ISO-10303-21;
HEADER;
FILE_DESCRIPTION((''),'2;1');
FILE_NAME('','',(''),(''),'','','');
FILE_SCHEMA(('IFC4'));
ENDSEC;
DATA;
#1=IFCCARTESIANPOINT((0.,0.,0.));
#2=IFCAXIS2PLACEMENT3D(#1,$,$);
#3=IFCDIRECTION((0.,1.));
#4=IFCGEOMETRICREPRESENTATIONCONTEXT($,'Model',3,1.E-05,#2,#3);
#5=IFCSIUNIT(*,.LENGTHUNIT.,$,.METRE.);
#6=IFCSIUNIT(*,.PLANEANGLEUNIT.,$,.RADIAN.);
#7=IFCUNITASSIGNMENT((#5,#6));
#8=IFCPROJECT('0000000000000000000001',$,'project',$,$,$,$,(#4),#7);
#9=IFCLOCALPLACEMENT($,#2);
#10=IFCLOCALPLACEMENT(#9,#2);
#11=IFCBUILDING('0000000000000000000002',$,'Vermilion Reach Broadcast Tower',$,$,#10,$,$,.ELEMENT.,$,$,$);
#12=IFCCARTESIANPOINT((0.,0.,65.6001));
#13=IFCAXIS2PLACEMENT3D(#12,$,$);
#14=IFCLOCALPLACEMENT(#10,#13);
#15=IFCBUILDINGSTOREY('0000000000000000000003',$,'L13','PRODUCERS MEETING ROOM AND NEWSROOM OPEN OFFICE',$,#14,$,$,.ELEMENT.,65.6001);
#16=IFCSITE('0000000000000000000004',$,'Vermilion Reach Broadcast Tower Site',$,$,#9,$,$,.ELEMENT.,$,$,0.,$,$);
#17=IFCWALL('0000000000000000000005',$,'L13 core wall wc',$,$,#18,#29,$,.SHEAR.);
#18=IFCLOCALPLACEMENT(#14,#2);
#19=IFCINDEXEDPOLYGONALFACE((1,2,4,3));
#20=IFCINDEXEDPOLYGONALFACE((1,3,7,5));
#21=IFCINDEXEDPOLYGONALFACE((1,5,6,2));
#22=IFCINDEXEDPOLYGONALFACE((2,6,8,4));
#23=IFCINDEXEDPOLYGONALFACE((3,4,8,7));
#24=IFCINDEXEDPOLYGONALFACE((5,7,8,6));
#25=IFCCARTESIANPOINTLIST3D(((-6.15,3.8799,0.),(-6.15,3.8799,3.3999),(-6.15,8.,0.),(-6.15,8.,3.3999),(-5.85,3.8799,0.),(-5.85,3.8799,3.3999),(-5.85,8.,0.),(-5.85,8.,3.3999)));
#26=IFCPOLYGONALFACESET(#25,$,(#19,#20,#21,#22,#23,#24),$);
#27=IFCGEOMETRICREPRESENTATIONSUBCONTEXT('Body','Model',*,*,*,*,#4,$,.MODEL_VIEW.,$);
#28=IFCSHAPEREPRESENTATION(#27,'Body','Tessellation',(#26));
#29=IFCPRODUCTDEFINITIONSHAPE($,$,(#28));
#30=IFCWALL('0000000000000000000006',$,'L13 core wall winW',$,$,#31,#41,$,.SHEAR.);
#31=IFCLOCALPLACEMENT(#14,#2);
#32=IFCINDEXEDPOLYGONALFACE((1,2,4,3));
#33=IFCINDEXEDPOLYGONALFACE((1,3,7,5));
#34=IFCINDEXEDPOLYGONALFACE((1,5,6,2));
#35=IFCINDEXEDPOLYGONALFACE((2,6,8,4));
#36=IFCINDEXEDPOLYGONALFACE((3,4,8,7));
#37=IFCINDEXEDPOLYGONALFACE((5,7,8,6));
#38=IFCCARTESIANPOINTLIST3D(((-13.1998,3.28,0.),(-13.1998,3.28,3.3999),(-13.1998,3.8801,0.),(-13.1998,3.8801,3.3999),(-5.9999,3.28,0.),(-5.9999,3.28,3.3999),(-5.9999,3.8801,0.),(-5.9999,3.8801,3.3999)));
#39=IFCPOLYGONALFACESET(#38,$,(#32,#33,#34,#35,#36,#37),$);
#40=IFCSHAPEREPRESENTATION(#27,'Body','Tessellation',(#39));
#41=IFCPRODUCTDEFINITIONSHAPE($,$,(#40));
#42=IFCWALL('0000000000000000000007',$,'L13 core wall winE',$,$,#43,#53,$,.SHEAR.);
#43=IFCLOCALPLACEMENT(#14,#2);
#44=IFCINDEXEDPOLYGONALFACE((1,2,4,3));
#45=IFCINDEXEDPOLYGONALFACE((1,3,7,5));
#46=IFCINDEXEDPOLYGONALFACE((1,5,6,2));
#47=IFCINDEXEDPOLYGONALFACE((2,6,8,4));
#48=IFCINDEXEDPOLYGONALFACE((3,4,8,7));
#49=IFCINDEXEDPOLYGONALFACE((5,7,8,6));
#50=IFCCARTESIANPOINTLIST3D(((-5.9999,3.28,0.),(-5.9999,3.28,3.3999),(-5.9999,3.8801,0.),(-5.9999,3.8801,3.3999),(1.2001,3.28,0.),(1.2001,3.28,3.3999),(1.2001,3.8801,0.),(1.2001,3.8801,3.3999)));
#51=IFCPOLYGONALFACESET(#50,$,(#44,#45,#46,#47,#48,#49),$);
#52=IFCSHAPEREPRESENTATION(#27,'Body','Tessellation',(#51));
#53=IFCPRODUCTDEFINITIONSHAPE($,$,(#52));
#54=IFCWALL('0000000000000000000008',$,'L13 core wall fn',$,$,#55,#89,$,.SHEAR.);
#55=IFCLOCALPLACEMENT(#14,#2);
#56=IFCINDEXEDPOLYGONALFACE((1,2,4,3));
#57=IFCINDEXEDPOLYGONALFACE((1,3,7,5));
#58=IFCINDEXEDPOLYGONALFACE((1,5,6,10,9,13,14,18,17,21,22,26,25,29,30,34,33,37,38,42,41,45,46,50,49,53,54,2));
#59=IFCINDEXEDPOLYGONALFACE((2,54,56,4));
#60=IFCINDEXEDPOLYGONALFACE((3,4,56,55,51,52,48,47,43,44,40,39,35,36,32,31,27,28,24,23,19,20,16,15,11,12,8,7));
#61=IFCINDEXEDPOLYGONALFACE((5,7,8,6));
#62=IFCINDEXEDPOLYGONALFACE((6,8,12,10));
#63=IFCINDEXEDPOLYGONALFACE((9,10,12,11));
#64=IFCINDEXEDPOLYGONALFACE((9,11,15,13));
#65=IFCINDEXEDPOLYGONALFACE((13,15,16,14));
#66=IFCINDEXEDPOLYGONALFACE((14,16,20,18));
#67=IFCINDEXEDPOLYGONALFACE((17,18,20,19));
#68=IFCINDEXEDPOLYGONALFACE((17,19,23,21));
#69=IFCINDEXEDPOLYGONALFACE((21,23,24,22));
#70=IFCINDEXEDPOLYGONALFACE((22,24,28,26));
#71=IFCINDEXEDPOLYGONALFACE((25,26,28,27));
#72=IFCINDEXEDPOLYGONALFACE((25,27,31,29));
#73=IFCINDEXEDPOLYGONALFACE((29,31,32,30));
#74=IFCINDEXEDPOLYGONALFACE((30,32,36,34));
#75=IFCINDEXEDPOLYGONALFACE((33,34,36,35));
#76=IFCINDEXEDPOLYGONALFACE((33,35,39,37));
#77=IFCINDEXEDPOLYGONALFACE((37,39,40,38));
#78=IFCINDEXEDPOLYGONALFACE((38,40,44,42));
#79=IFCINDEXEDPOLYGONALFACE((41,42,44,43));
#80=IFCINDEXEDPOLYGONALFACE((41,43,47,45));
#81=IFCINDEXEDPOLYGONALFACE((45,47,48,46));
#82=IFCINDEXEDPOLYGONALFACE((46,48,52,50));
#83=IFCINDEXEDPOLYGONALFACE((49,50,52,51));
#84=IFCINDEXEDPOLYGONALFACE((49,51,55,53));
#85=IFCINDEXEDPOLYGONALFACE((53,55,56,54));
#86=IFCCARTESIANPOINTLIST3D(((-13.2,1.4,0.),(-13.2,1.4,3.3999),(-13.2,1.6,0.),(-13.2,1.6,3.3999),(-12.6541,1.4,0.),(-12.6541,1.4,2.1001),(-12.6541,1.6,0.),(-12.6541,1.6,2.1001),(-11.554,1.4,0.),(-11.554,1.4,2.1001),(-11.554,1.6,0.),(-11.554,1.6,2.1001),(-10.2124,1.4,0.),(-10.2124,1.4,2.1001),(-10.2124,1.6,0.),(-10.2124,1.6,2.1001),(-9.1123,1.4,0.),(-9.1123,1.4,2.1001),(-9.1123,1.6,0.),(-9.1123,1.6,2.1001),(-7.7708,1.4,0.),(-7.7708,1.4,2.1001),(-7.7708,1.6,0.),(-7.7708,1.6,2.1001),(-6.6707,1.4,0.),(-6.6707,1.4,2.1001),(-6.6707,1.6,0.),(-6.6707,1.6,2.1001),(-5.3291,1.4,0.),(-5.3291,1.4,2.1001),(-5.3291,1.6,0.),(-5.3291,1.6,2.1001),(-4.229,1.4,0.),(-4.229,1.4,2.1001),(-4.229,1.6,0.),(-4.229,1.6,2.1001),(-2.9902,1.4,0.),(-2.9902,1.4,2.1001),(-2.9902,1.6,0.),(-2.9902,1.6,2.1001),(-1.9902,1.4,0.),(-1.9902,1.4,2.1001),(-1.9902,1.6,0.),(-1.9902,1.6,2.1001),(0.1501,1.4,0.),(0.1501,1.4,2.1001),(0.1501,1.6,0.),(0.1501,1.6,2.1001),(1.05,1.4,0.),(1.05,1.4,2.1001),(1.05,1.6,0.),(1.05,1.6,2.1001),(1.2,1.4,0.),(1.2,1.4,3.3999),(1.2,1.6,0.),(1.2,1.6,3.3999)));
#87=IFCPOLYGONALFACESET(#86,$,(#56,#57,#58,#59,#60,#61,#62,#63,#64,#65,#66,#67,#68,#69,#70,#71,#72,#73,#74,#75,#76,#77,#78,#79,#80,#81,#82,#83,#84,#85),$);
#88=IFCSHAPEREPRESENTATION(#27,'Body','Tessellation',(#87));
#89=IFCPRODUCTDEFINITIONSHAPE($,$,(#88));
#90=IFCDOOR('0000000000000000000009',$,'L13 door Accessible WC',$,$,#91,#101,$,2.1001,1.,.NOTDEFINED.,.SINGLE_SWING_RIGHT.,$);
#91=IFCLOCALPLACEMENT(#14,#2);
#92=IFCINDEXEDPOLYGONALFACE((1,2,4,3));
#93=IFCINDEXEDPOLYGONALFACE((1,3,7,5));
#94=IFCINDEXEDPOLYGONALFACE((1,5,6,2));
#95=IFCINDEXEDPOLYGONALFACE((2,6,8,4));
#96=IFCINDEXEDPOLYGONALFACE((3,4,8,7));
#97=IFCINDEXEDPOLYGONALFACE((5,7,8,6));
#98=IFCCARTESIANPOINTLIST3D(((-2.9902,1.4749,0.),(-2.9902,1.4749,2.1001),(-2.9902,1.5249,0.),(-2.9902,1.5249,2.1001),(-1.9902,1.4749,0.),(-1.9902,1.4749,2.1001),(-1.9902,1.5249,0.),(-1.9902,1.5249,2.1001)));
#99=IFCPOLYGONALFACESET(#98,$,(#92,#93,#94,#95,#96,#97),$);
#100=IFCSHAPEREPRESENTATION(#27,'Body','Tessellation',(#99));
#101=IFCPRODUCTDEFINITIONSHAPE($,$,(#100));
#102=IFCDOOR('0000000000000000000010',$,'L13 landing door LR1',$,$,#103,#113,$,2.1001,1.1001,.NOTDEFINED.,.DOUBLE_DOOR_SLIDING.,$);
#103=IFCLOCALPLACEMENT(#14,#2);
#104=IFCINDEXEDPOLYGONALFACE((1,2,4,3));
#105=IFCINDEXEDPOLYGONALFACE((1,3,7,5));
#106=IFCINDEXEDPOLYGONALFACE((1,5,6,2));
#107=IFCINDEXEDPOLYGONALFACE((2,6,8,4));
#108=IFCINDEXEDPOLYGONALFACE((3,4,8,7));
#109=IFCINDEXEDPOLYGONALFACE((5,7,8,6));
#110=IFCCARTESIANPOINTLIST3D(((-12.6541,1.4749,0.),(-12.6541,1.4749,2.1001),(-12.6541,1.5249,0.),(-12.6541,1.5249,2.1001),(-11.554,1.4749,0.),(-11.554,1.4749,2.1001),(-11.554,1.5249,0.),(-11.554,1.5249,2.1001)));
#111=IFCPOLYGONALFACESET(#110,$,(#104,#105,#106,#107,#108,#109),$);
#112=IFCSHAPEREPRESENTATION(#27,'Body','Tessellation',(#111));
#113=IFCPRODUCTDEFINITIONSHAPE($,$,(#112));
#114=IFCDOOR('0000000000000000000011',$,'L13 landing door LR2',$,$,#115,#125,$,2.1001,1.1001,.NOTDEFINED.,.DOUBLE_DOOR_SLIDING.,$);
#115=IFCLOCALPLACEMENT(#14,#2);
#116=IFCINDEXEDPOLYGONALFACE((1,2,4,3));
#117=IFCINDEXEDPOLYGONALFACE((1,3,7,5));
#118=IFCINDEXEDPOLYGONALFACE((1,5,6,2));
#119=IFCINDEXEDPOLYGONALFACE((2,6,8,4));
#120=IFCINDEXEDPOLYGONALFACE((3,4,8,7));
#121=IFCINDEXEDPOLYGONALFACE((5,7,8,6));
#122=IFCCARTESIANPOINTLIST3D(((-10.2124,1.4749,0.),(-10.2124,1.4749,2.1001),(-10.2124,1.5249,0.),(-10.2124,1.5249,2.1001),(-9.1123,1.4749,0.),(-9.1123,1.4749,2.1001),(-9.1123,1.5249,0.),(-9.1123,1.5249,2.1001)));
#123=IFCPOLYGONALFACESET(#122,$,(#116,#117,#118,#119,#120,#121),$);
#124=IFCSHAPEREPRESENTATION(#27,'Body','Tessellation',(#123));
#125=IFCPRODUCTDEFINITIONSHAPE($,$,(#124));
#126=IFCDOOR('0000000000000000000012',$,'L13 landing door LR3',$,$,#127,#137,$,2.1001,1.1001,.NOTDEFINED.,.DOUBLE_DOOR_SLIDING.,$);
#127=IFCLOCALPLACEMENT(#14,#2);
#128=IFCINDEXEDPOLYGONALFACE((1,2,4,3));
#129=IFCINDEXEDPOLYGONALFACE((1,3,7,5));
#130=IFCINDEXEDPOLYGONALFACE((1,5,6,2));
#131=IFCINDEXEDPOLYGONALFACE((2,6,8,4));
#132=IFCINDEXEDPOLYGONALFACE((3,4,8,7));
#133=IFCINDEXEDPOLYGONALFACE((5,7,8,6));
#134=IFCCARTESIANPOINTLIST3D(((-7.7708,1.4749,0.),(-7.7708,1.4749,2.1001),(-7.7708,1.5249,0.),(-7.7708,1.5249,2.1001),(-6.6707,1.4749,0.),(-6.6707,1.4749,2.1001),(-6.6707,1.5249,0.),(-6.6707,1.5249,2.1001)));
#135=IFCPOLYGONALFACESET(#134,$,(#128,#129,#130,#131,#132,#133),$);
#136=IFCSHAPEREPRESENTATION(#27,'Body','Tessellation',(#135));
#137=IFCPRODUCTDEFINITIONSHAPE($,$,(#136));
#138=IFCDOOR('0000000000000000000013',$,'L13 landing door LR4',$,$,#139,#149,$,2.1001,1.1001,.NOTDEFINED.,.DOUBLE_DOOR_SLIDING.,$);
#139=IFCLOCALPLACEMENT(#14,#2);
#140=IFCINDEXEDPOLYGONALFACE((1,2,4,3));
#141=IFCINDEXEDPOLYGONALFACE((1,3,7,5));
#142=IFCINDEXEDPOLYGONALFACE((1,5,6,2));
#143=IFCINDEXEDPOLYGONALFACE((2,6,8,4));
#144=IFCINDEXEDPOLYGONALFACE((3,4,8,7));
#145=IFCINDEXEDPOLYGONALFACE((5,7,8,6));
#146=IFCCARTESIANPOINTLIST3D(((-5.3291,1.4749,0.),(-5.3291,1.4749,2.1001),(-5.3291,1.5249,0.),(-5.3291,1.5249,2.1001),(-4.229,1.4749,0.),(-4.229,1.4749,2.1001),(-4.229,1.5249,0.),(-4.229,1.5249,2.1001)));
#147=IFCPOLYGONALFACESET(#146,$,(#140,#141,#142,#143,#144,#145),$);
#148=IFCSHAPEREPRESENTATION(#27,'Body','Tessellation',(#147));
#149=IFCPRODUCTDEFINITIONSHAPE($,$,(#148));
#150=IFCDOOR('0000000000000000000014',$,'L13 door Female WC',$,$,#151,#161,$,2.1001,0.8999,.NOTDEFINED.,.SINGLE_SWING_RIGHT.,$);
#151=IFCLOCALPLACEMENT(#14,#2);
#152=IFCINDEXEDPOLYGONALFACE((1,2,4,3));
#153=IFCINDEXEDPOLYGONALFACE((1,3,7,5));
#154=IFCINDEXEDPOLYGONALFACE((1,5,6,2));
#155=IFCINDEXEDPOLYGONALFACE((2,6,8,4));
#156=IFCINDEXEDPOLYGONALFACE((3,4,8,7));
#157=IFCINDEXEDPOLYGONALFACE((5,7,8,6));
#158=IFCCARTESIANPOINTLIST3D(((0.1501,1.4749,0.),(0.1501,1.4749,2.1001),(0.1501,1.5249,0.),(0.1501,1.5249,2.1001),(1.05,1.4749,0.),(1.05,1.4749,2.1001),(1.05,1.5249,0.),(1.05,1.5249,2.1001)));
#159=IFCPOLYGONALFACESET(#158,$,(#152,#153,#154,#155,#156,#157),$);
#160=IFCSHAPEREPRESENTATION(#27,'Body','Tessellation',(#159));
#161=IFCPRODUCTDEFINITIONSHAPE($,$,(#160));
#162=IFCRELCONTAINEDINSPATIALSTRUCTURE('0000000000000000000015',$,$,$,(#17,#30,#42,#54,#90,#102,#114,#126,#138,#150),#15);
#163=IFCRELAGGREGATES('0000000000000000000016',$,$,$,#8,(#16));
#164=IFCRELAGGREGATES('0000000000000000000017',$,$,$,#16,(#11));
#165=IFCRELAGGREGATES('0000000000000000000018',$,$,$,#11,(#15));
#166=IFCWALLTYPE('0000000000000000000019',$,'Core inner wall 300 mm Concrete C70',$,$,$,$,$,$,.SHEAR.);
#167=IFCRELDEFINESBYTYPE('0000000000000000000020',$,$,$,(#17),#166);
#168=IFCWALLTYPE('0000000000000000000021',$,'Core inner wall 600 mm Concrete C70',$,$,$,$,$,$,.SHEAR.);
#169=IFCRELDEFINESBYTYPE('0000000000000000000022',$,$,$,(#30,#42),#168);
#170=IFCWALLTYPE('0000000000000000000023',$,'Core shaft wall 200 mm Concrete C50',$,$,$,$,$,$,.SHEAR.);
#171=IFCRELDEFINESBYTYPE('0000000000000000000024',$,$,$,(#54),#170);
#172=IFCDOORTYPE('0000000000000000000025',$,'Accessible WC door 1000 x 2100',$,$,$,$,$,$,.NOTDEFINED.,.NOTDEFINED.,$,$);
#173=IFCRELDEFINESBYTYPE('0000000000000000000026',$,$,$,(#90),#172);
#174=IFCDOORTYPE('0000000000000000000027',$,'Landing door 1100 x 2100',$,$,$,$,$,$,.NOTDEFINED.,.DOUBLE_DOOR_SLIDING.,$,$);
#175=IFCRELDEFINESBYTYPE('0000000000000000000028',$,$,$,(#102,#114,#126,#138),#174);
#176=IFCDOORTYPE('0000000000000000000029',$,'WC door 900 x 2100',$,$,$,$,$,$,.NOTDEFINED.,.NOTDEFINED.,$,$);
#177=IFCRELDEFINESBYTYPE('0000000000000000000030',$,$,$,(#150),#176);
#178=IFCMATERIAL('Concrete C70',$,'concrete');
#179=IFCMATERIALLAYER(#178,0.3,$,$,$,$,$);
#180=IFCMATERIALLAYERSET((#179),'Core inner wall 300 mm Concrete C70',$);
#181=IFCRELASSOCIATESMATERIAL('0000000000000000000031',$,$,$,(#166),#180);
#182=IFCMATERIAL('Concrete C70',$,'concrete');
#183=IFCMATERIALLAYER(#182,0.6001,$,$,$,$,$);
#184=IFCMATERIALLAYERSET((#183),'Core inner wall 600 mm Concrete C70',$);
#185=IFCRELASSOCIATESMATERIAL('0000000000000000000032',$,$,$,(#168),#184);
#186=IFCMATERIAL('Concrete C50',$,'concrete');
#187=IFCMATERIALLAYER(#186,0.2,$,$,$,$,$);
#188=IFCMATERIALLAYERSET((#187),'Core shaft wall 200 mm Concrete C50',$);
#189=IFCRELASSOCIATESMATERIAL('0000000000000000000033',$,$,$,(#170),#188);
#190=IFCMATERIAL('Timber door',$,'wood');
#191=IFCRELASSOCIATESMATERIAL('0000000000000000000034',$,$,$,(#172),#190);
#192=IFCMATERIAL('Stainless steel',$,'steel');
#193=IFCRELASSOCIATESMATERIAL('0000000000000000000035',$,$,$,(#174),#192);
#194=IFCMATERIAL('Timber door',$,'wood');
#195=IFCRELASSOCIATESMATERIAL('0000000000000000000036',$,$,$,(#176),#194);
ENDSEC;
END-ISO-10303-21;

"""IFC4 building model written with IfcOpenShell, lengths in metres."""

from ifc_helpers import new_model, si_unit, direction, frame, frame_2d, origin, place, context, subcontext, project, spatial, rectangle, extrude, material, layer, layer_set, type_object, element, fill, save


model = new_model("IFC4")

# Units and contexts
model_context = context("Model", 3, precision=1e-05, world=origin(), true_north=direction((0.0, 1.0)))
body_context = subcontext(model_context, "Body", "Model", "MODEL_VIEW")
ifc_project = project(units=[si_unit("LENGTHUNIT", "METRE"), si_unit("PLANEANGLEUNIT", "RADIAN")], contexts=[model_context])

# Site, building, storey
site_placement = place(None, origin())
site = spatial("IfcSite", under=ifc_project, at=site_placement, Name="Vermilion Reach Broadcast Tower Site", CompositionType="ELEMENT", RefElevation=0.0)
building_placement = place(site_placement, origin())
building = spatial("IfcBuilding", under=site, at=building_placement, Name="Vermilion Reach Broadcast Tower", CompositionType="ELEMENT")
storey_placement = place(building_placement, frame((0.0, 0.0, 65.6001)))
storey = spatial("IfcBuildingStorey", under=building, at=storey_placement, Name="L13", Description="PRODUCERS MEETING ROOM AND NEWSROOM OPEN OFFICE", CompositionType="ELEMENT", Elevation=65.6001)

# Walls
ifc_material_1 = material(Name="Concrete C70", Category="concrete")
ifc_layer_1 = layer(ifc_material_1, 0.3)
ifc_layer_set_1 = layer_set([ifc_layer_1], Name="Core inner wall 300 mm Concrete C70")
wall_type_1 = type_object("IfcWallType", Name="Core inner wall 300 mm Concrete C70", PredefinedType="SHEAR", material=ifc_layer_set_1)
wall_1_placement = place(storey_placement, frame((-6.0, 3.8799, 0.0), z_axis=(0.0, 0.0, 1.0), x_axis=(0.0, 1.0, 0.0)))
element("IfcWall", 1, at=wall_1_placement, inside=storey, type_object=wall_type_1, Name="L13 core wall wc", PredefinedType="SHEAR", context=body_context, shape_type="SweptSolid", body=[
    extrude(rectangle(XDim=4.1201, YDim=0.3, at=frame_2d((2.0601, 0.0))), origin(), (0.0, 0.0, 1.0), 3.3999),
])
ifc_material_2 = material(Name="Concrete C70", Category="concrete")
ifc_layer_2 = layer(ifc_material_2, 0.6001)
ifc_layer_set_2 = layer_set([ifc_layer_2], Name="Core inner wall 600 mm Concrete C70")
wall_type_2 = type_object("IfcWallType", Name="Core inner wall 600 mm Concrete C70", PredefinedType="SHEAR", material=ifc_layer_set_2)
for number, where, z_axis, x_axis, name in (
    (2, (-13.2, 3.5801, 0.0), (0.0, 0.0, 1.0), (1.0, 0.0, 0.0), "L13 core wall winW"),
    (3, (-6.0, 3.5801, 0.0), (0.0, 0.0, 1.0), (1.0, 0.0, 0.0), "L13 core wall winE"),
):
    element("IfcWall", number, at=place(storey_placement, frame(where, z_axis=z_axis, x_axis=x_axis)), inside=storey, type_object=wall_type_2, Name=name, PredefinedType="SHEAR", context=body_context, shape_type="SweptSolid", body=[
        extrude(rectangle(XDim=7.2, YDim=0.6001, at=frame_2d((3.6001, 0.0))), origin(), (0.0, 0.0, 1.0), 3.3999),
    ])

# Wall, openings, doors
ifc_material_3 = material(Name="Concrete C50", Category="concrete")
ifc_layer_3 = layer(ifc_material_3, 0.2)
ifc_layer_set_3 = layer_set([ifc_layer_3], Name="Core shaft wall 200 mm Concrete C50")
wall_type_3 = type_object("IfcWallType", Name="Core shaft wall 200 mm Concrete C50", PredefinedType="SHEAR", material=ifc_layer_set_3)
wall_2_placement = place(storey_placement, frame((-13.2, 1.5, 0.0), z_axis=(0.0, 0.0, 1.0), x_axis=(1.0, 0.0, 0.0)))
wall_2 = element("IfcWall", 4, at=wall_2_placement, inside=storey, type_object=wall_type_3, Name="L13 core wall fn", PredefinedType="SHEAR", context=body_context, shape_type="SweptSolid", body=[
    extrude(rectangle(XDim=14.3999, YDim=0.2, at=frame_2d((7.2, 0.0))), origin(), (0.0, 0.0, 1.0), 3.3999),
])
opening_1_placement = place(wall_2_placement, frame((0.5459, 0.0, 0.0)))
opening_1 = element("IfcOpeningElement", 5, at=opening_1_placement, cuts=wall_2, PredefinedType="OPENING", context=body_context, shape_type="SweptSolid", body=[
    extrude(rectangle(XDim=1.1001, YDim=2.1001, at=frame_2d((0.55, 1.05))), frame((0.0, 0.1099, 0.0), z_axis=(0.0, -1.0, 0.0), x_axis=(1.0, 0.0, 0.0)), (0.0, 0.0, 1.0), 0.22),
])
opening_2_placement = place(wall_2_placement, frame((2.9875, 0.0, 0.0)))
opening_2 = element("IfcOpeningElement", 6, at=opening_2_placement, cuts=wall_2, PredefinedType="OPENING", context=body_context, shape_type="SweptSolid", body=[
    extrude(rectangle(XDim=1.1001, YDim=2.1001, at=frame_2d((0.55, 1.05))), frame((0.0, 0.1099, 0.0), z_axis=(0.0, -1.0, 0.0), x_axis=(1.0, 0.0, 0.0)), (0.0, 0.0, 1.0), 0.22),
])
opening_3_placement = place(wall_2_placement, frame((5.4292, 0.0, 0.0)))
opening_3 = element("IfcOpeningElement", 7, at=opening_3_placement, cuts=wall_2, PredefinedType="OPENING", context=body_context, shape_type="SweptSolid", body=[
    extrude(rectangle(XDim=1.1001, YDim=2.1001, at=frame_2d((0.55, 1.05))), frame((0.0, 0.1099, 0.0), z_axis=(0.0, -1.0, 0.0), x_axis=(1.0, 0.0, 0.0)), (0.0, 0.0, 1.0), 0.22),
])
opening_4_placement = place(wall_2_placement, frame((7.8708, 0.0, 0.0)))
opening_4 = element("IfcOpeningElement", 8, at=opening_4_placement, cuts=wall_2, PredefinedType="OPENING", context=body_context, shape_type="SweptSolid", body=[
    extrude(rectangle(XDim=1.1001, YDim=2.1001, at=frame_2d((0.55, 1.05))), frame((0.0, 0.1099, 0.0), z_axis=(0.0, -1.0, 0.0), x_axis=(1.0, 0.0, 0.0)), (0.0, 0.0, 1.0), 0.22),
])
opening_5_placement = place(wall_2_placement, frame((10.2097, 0.0, 0.0)))
opening_5 = element("IfcOpeningElement", 9, at=opening_5_placement, cuts=wall_2, PredefinedType="OPENING", context=body_context, shape_type="SweptSolid", body=[
    extrude(rectangle(XDim=1.0, YDim=2.1001, at=frame_2d((0.5, 1.05))), frame((0.0, 0.1099, 0.0), z_axis=(0.0, -1.0, 0.0), x_axis=(1.0, 0.0, 0.0)), (0.0, 0.0, 1.0), 0.22),
])
opening_6_placement = place(wall_2_placement, frame((13.3501, 0.0, 0.0)))
opening_6 = element("IfcOpeningElement", 10, at=opening_6_placement, cuts=wall_2, PredefinedType="OPENING", context=body_context, shape_type="SweptSolid", body=[
    extrude(rectangle(XDim=0.8999, YDim=2.1001, at=frame_2d((0.45, 1.05))), frame((0.0, 0.1099, 0.0), z_axis=(0.0, -1.0, 0.0), x_axis=(1.0, 0.0, 0.0)), (0.0, 0.0, 1.0), 0.22),
])
ifc_material_4 = material(Name="Timber door", Category="wood")
door_type_1 = type_object("IfcDoorType", Name="Accessible WC door 1000 x 2100", OperationType="NOTDEFINED", PredefinedType="NOTDEFINED", material=ifc_material_4)
door_1_placement = place(opening_5_placement, origin())
door_1 = element("IfcDoor", 11, at=door_1_placement, inside=storey, type_object=door_type_1, Name="L13 door Accessible WC", OperationType="SINGLE_SWING_RIGHT", OverallHeight=2.1001, OverallWidth=1.0, PredefinedType="NOTDEFINED", context=body_context, shape_type="SweptSolid", body=[
    extrude(rectangle(XDim=1.0, YDim=2.1001, at=frame_2d((0.5, 1.05))), frame((0.0, 0.0249, 0.0), z_axis=(0.0, -1.0, 0.0), x_axis=(1.0, 0.0, 0.0)), (0.0, 0.0, 1.0), 0.05),
])
fill(opening_5, door_1)
ifc_material_5 = material(Name="Stainless steel", Category="steel")
door_type_2 = type_object("IfcDoorType", Name="Landing door 1100 x 2100", OperationType="DOUBLE_DOOR_SLIDING", PredefinedType="NOTDEFINED", material=ifc_material_5)
door_2_placement = place(opening_1_placement, origin())
door_2 = element("IfcDoor", 12, at=door_2_placement, inside=storey, type_object=door_type_2, Name="L13 landing door LR1", OperationType="DOUBLE_DOOR_SLIDING", OverallHeight=2.1001, OverallWidth=1.1001, PredefinedType="NOTDEFINED", context=body_context, shape_type="SweptSolid", body=[
    extrude(rectangle(XDim=1.1001, YDim=2.1001, at=frame_2d((0.55, 1.05))), frame((0.0, 0.0249, 0.0), z_axis=(0.0, -1.0, 0.0), x_axis=(1.0, 0.0, 0.0)), (0.0, 0.0, 1.0), 0.05),
])
fill(opening_1, door_2)
door_3_placement = place(opening_2_placement, origin())
door_3 = element("IfcDoor", 13, at=door_3_placement, inside=storey, type_object=door_type_2, Name="L13 landing door LR2", OperationType="DOUBLE_DOOR_SLIDING", OverallHeight=2.1001, OverallWidth=1.1001, PredefinedType="NOTDEFINED", context=body_context, shape_type="SweptSolid", body=[
    extrude(rectangle(XDim=1.1001, YDim=2.1001, at=frame_2d((0.55, 1.05))), frame((0.0, 0.0249, 0.0), z_axis=(0.0, -1.0, 0.0), x_axis=(1.0, 0.0, 0.0)), (0.0, 0.0, 1.0), 0.05),
])
fill(opening_2, door_3)
door_4_placement = place(opening_3_placement, origin())
door_4 = element("IfcDoor", 14, at=door_4_placement, inside=storey, type_object=door_type_2, Name="L13 landing door LR3", OperationType="DOUBLE_DOOR_SLIDING", OverallHeight=2.1001, OverallWidth=1.1001, PredefinedType="NOTDEFINED", context=body_context, shape_type="SweptSolid", body=[
    extrude(rectangle(XDim=1.1001, YDim=2.1001, at=frame_2d((0.55, 1.05))), frame((0.0, 0.0249, 0.0), z_axis=(0.0, -1.0, 0.0), x_axis=(1.0, 0.0, 0.0)), (0.0, 0.0, 1.0), 0.05),
])
fill(opening_3, door_4)
door_5_placement = place(opening_4_placement, origin())
door_5 = element("IfcDoor", 15, at=door_5_placement, inside=storey, type_object=door_type_2, Name="L13 landing door LR4", OperationType="DOUBLE_DOOR_SLIDING", OverallHeight=2.1001, OverallWidth=1.1001, PredefinedType="NOTDEFINED", context=body_context, shape_type="SweptSolid", body=[
    extrude(rectangle(XDim=1.1001, YDim=2.1001, at=frame_2d((0.55, 1.05))), frame((0.0, 0.0249, 0.0), z_axis=(0.0, -1.0, 0.0), x_axis=(1.0, 0.0, 0.0)), (0.0, 0.0, 1.0), 0.05),
])
fill(opening_4, door_5)
ifc_material_6 = material(Name="Timber door", Category="wood")
door_type_3 = type_object("IfcDoorType", Name="WC door 900 x 2100", OperationType="NOTDEFINED", PredefinedType="NOTDEFINED", material=ifc_material_6)
door_6_placement = place(opening_6_placement, origin())
door_6 = element("IfcDoor", 16, at=door_6_placement, inside=storey, type_object=door_type_3, Name="L13 door Female WC", OperationType="SINGLE_SWING_RIGHT", OverallHeight=2.1001, OverallWidth=0.8999, PredefinedType="NOTDEFINED", context=body_context, shape_type="SweptSolid", body=[
    extrude(rectangle(XDim=0.8999, YDim=2.1001, at=frame_2d((0.45, 1.05))), frame((0.0, 0.0249, 0.0), z_axis=(0.0, -1.0, 0.0), x_axis=(1.0, 0.0, 0.0)), (0.0, 0.0, 1.0), 0.05),
])
fill(opening_6, door_6)

save(model, "model.ifc")
